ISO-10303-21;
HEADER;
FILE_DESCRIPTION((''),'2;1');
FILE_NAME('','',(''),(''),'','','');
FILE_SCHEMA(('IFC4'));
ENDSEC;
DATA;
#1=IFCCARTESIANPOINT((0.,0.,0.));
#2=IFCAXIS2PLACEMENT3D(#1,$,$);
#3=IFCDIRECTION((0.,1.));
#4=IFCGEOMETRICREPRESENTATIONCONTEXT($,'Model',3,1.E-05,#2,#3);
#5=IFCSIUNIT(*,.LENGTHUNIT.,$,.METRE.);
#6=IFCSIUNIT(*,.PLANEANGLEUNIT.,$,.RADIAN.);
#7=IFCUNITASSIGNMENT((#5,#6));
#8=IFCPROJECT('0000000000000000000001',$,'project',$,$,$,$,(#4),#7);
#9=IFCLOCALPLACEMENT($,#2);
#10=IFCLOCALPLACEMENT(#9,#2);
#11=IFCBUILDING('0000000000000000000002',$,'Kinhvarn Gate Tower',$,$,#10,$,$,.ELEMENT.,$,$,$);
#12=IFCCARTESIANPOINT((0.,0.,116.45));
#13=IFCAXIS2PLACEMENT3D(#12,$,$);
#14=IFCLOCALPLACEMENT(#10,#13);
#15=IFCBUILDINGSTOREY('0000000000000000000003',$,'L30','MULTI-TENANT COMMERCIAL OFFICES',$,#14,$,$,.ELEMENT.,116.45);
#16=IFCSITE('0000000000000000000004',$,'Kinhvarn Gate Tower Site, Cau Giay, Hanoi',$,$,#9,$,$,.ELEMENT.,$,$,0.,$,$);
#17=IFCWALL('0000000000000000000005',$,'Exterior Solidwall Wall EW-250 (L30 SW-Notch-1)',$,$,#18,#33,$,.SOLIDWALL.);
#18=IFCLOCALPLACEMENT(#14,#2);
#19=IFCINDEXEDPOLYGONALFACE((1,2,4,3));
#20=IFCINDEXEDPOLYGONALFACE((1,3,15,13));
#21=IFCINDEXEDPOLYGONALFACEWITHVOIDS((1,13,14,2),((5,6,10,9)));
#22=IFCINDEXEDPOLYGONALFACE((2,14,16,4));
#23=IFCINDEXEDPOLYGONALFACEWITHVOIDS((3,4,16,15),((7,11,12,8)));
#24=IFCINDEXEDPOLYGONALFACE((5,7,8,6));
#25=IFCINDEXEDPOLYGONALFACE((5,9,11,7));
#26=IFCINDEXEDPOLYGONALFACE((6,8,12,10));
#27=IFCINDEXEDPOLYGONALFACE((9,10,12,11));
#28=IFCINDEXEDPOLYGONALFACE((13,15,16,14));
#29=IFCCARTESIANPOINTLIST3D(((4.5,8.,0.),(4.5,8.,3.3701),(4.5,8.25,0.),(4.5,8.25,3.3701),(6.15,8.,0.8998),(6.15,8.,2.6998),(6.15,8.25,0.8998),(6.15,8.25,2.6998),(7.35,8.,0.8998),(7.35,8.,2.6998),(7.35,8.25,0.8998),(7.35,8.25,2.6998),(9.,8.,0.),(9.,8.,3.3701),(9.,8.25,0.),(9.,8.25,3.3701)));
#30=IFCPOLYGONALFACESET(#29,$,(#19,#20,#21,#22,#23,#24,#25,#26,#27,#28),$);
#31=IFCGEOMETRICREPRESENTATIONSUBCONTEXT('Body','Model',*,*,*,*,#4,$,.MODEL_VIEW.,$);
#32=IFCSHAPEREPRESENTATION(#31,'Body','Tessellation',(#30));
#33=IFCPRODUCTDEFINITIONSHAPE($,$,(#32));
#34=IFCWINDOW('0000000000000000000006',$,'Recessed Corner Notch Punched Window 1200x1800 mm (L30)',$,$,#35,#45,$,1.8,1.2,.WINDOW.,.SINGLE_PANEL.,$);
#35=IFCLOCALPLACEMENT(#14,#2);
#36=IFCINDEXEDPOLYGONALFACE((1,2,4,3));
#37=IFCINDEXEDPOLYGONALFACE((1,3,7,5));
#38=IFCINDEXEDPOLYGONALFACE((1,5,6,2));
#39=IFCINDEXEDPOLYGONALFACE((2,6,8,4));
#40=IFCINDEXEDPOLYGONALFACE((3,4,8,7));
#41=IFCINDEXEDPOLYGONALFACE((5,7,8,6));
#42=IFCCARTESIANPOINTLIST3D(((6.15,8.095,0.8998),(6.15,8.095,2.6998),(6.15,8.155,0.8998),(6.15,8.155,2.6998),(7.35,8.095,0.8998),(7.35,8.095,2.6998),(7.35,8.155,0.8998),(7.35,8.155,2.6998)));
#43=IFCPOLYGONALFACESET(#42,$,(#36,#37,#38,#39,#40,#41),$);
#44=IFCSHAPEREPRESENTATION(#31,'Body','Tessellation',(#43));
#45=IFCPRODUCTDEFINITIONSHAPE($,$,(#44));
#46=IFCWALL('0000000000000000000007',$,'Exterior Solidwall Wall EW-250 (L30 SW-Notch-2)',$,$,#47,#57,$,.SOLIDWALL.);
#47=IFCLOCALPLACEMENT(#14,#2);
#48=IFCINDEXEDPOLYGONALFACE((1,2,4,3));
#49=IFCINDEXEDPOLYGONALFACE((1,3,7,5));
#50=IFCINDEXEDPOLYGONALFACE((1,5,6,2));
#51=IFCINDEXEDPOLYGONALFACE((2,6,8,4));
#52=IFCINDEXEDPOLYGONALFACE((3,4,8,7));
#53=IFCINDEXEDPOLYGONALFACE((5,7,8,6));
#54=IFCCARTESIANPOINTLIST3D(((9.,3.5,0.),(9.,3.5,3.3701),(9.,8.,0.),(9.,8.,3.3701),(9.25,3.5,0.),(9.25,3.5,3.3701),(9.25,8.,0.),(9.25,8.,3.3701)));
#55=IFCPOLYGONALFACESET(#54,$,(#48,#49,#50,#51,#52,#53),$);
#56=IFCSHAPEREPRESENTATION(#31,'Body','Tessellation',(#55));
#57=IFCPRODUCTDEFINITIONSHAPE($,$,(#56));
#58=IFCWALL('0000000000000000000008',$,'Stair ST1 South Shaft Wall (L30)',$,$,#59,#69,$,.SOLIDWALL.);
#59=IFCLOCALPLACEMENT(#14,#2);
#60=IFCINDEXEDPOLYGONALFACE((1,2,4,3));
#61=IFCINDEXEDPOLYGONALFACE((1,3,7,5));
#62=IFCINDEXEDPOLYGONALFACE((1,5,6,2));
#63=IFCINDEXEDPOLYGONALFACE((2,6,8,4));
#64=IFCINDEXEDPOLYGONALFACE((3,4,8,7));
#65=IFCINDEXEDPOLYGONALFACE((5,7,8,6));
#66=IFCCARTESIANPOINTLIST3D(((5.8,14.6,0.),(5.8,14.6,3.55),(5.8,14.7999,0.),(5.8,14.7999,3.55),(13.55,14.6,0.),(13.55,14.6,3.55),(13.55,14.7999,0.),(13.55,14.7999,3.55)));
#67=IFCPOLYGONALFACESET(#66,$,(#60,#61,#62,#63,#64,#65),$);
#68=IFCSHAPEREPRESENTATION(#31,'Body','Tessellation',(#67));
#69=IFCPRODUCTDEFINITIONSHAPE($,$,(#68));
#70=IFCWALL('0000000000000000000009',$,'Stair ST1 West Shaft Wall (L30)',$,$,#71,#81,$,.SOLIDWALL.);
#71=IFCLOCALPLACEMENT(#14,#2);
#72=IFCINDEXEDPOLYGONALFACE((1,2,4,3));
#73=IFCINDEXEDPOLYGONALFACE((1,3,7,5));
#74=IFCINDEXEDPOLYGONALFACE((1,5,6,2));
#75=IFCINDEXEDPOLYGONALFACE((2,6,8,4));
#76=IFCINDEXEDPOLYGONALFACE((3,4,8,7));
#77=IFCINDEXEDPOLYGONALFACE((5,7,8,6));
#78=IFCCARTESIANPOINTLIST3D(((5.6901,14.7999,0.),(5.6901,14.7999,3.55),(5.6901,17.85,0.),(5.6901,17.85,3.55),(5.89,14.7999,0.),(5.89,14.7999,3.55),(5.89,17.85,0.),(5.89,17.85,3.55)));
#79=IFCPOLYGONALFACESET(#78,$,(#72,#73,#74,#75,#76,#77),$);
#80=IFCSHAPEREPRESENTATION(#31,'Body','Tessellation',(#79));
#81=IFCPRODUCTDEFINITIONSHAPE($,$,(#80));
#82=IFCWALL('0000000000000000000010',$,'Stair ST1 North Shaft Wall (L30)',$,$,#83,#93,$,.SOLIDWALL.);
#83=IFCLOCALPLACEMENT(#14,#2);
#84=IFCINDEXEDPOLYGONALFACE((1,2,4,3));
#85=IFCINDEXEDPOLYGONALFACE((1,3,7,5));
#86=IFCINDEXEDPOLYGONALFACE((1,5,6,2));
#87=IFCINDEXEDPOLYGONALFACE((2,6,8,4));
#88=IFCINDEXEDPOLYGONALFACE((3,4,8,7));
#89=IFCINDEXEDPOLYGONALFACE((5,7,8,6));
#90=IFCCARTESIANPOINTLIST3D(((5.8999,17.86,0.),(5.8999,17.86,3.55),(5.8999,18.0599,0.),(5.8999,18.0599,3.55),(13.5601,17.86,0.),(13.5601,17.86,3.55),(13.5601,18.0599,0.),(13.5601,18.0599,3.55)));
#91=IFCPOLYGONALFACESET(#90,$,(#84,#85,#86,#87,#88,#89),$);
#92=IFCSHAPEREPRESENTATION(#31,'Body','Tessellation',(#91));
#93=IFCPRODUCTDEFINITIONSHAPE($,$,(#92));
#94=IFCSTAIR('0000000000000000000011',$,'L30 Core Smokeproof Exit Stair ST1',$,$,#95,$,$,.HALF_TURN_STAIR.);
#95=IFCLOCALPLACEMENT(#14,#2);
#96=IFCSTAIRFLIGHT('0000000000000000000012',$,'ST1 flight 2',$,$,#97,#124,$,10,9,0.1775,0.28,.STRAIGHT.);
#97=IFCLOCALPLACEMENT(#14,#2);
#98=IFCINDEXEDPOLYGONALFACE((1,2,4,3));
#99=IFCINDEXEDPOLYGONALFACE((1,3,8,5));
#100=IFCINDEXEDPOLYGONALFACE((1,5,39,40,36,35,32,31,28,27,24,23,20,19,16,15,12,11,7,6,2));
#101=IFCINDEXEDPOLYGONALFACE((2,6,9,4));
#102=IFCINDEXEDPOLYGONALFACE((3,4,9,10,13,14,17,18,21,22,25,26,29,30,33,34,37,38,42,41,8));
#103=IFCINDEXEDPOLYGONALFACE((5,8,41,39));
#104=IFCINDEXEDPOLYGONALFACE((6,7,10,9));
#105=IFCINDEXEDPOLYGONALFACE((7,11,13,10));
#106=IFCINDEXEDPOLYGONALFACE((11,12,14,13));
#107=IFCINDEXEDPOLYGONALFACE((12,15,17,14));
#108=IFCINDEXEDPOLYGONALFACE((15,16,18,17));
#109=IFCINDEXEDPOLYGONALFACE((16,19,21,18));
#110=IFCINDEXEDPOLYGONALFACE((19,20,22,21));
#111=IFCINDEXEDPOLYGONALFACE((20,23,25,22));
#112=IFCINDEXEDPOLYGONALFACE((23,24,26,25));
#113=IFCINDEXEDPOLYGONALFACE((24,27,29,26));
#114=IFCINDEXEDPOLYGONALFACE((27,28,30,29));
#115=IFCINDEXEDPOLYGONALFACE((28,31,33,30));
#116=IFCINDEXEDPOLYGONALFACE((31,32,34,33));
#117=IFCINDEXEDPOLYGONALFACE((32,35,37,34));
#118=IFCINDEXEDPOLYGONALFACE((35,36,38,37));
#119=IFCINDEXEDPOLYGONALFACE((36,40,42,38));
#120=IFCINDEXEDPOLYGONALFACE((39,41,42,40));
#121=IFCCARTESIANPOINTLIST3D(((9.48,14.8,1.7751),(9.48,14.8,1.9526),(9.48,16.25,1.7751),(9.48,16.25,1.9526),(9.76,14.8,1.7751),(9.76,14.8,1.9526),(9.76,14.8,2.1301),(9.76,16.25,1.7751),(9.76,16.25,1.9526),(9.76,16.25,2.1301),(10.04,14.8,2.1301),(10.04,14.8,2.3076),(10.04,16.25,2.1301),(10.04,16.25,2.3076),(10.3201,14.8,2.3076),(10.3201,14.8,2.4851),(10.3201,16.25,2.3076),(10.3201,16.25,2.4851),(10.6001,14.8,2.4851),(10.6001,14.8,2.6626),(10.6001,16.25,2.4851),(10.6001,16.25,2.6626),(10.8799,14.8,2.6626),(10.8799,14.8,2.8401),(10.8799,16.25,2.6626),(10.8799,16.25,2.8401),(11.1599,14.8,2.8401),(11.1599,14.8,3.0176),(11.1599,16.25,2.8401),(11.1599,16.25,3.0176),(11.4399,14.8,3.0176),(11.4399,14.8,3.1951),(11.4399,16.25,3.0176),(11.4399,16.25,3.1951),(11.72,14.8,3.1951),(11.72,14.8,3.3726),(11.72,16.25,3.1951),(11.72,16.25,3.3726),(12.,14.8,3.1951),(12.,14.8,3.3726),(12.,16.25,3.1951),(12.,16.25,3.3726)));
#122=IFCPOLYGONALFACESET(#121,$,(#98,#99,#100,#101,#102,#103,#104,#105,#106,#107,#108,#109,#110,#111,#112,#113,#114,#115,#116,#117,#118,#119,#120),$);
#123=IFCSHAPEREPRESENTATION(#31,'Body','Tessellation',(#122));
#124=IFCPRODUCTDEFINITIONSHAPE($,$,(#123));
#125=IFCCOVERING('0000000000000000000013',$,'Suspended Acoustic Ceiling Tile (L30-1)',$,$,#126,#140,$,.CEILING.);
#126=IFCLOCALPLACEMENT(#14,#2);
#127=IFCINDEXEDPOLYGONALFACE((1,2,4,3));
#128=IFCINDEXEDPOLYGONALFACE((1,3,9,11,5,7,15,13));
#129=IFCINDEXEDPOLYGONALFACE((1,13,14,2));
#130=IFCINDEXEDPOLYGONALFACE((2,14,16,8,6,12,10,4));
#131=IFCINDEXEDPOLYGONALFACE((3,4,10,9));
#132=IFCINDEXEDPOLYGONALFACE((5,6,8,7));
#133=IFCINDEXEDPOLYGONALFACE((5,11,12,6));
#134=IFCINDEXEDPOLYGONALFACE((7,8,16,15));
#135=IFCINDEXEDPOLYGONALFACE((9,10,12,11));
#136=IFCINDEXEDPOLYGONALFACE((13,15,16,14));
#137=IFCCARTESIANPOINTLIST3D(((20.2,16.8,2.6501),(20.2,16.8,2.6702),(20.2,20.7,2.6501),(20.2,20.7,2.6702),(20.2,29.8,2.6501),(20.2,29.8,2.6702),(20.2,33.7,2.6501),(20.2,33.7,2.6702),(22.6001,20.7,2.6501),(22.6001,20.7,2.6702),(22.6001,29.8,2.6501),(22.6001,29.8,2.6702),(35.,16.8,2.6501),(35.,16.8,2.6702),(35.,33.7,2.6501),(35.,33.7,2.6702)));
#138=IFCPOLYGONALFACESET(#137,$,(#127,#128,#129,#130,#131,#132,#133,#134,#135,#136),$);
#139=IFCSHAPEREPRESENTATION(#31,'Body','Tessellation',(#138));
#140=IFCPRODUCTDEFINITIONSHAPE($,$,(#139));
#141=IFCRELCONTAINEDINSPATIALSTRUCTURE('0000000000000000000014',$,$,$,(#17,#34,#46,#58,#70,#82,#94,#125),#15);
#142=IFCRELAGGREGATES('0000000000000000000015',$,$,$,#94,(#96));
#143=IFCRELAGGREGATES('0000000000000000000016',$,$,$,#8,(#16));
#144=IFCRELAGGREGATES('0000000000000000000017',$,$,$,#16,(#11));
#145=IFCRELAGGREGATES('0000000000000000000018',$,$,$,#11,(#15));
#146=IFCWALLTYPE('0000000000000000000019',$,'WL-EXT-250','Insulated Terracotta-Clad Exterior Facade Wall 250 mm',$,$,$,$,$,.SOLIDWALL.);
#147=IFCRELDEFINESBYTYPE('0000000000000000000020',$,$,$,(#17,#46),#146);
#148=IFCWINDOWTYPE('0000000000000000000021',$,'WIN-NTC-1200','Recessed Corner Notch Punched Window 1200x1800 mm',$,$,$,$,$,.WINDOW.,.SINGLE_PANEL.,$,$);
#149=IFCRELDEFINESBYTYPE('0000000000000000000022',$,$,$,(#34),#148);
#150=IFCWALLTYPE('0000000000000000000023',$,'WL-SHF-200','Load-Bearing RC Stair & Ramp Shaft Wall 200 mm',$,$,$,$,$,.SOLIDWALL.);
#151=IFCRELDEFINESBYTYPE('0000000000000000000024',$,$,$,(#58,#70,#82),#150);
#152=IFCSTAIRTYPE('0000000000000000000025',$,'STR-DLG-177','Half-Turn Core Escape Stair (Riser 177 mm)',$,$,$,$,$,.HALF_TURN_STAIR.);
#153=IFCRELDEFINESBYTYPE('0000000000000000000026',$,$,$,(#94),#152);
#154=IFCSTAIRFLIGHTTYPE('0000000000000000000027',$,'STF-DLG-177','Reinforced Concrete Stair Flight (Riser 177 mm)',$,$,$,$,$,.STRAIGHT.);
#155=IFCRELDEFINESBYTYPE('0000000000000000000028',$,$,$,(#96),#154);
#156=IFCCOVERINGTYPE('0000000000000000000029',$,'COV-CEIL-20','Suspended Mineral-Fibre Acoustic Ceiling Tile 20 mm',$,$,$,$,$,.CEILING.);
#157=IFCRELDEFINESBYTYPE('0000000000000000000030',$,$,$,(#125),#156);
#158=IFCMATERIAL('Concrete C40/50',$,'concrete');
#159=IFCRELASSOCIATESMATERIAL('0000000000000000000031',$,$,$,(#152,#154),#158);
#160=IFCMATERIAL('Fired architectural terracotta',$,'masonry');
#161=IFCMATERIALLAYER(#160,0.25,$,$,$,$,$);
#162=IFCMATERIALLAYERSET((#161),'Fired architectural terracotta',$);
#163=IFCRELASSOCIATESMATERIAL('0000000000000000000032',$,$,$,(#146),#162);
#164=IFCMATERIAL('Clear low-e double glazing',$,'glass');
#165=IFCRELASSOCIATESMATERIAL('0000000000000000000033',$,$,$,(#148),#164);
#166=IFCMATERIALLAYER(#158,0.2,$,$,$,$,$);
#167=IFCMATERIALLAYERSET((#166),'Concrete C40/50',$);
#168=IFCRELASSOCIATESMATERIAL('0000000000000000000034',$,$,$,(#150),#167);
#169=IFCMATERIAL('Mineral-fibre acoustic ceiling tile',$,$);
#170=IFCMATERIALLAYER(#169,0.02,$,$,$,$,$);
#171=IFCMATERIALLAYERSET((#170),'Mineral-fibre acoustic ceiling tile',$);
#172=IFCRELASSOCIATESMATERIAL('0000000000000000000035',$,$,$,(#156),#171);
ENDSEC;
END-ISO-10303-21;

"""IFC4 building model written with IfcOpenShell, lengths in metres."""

from ifc_helpers import new_model, si_unit, direction, frame, frame_2d, origin, place, context, subcontext, project, spatial, polyline, rectangle, outline, extrude, material, layer, layer_set, type_object, element, fill, aggregate, save


model = new_model("IFC4")

# Units and contexts
model_context = context("Model", 3, precision=1e-05, world=origin(), true_north=direction((0.0, 1.0)))
body_context = subcontext(model_context, "Body", "Model", "MODEL_VIEW")
ifc_project = project(units=[si_unit("LENGTHUNIT", "METRE"), si_unit("PLANEANGLEUNIT", "RADIAN")], contexts=[model_context])

# Site, building, storey
site_placement = place(None, origin())
site = spatial("IfcSite", under=ifc_project, at=site_placement, Name="Kinhvarn Gate Tower Site, Cau Giay, Hanoi", CompositionType="ELEMENT", RefElevation=0.0)
building_placement = place(site_placement, origin())
building = spatial("IfcBuilding", under=site, at=building_placement, Name="Kinhvarn Gate Tower", CompositionType="ELEMENT")
storey_placement = place(building_placement, frame((0.0, 0.0, 116.45)))
storey = spatial("IfcBuildingStorey", under=building, at=storey_placement, Name="L30", Description="MULTI-TENANT COMMERCIAL OFFICES", CompositionType="ELEMENT", Elevation=116.45)

# Shared definitions
ifc_material_1 = material(Name="Concrete C40/50", Category="concrete")
stair_type = type_object("IfcStairType", Name="STR-DLG-177", Description="Half-Turn Core Escape Stair (Riser 177 mm)", PredefinedType="HALF_TURN_STAIR", material=ifc_material_1)

# Wall, opening, window
ifc_material_2 = material(Name="Fired architectural terracotta", Category="masonry")
ifc_layer_1 = layer(ifc_material_2, 0.25)
ifc_layer_set_1 = layer_set([ifc_layer_1], Name="Fired architectural terracotta")
wall_type_1 = type_object("IfcWallType", Name="WL-EXT-250", Description="Insulated Terracotta-Clad Exterior Facade Wall 250 mm", PredefinedType="SOLIDWALL", material=ifc_layer_set_1)
ifc_material_3 = material(Name="Clear low-e double glazing", Category="glass")
wall_1_placement = place(storey_placement, frame((4.5, 8.125, 0.0), z_axis=(0.0, 0.0, 1.0), x_axis=(1.0, 0.0, 0.0)))
wall_1 = element("IfcWall", 1, at=wall_1_placement, inside=storey, type_object=wall_type_1, Name="Exterior Solidwall Wall EW-250 (L30 SW-Notch-1)", PredefinedType="SOLIDWALL", context=body_context, shape_type="SweptSolid", body=[
    extrude(rectangle(XDim=4.5, YDim=0.25, at=frame_2d((2.25, 0.0))), origin(), (0.0, 0.0, 1.0), 3.3701),
])
opening_1_placement = place(wall_1_placement, frame((1.6499, 0.0, 0.8999)))
opening_1 = element("IfcOpeningElement", 2, at=opening_1_placement, cuts=wall_1, PredefinedType="OPENING", context=body_context, shape_type="SweptSolid", body=[
    extrude(rectangle(XDim=1.2, YDim=1.8, at=frame_2d((0.6001, 0.8999))), frame((0.0, 0.135, 0.0), z_axis=(0.0, -1.0, 0.0), x_axis=(1.0, 0.0, 0.0)), (0.0, 0.0, 1.0), 0.27),
])
window_type_1 = type_object("IfcWindowType", Name="WIN-NTC-1200", Description="Recessed Corner Notch Punched Window 1200x1800 mm", PartitioningType="SINGLE_PANEL", PredefinedType="WINDOW", material=ifc_material_3)
window_1_placement = place(opening_1_placement, origin())
window_1 = element("IfcWindow", 3, at=window_1_placement, inside=storey, type_object=window_type_1, Name="Recessed Corner Notch Punched Window 1200x1800 mm (L30)", OverallHeight=1.8, OverallWidth=1.2, PartitioningType="SINGLE_PANEL", PredefinedType="WINDOW", context=body_context, shape_type="SweptSolid", body=[
    extrude(rectangle(XDim=1.2, YDim=1.8, at=frame_2d((0.6001, 0.8999))), frame((0.0, 0.03, 0.0), z_axis=(0.0, -1.0, 0.0), x_axis=(1.0, 0.0, 0.0)), (0.0, 0.0, 1.0), 0.0601),
])
fill(opening_1, window_1)

# Walls
wall_2_placement = place(storey_placement, frame((9.125, 8.0, 0.0), z_axis=(0.0, 0.0, 1.0), x_axis=(0.0, -1.0, 0.0)))
element("IfcWall", 4, at=wall_2_placement, inside=storey, type_object=wall_type_1, Name="Exterior Solidwall Wall EW-250 (L30 SW-Notch-2)", PredefinedType="SOLIDWALL", context=body_context, shape_type="SweptSolid", body=[
    extrude(rectangle(XDim=4.5, YDim=0.25, at=frame_2d((2.25, 0.0))), origin(), (0.0, 0.0, 1.0), 3.3701),
])
ifc_layer_2 = layer(ifc_material_1, 0.2)
ifc_layer_set_2 = layer_set([ifc_layer_2], Name="Concrete C40/50")
wall_type_2 = type_object("IfcWallType", Name="WL-SHF-200", Description="Load-Bearing RC Stair & Ramp Shaft Wall 200 mm", PredefinedType="SOLIDWALL", material=ifc_layer_set_2)
wall_3_placement = place(storey_placement, frame((5.8, 14.7, 0.0), z_axis=(0.0, 0.0, 1.0), x_axis=(1.0, 0.0, 0.0)))
element("IfcWall", 5, at=wall_3_placement, inside=storey, type_object=wall_type_2, Name="Stair ST1 South Shaft Wall (L30)", PredefinedType="SOLIDWALL", context=body_context, shape_type="SweptSolid", body=[
    extrude(rectangle(XDim=7.75, YDim=0.2, at=frame_2d((3.875, 0.0))), origin(), (0.0, 0.0, 1.0), 3.55),
])
wall_4_placement = place(storey_placement, frame((5.79, 14.8, 0.0), z_axis=(0.0, 0.0, 1.0), x_axis=(0.0, 1.0, 0.0)))
element("IfcWall", 6, at=wall_4_placement, inside=storey, type_object=wall_type_2, Name="Stair ST1 West Shaft Wall (L30)", PredefinedType="SOLIDWALL", context=body_context, shape_type="SweptSolid", body=[
    extrude(rectangle(XDim=3.05, YDim=0.2, at=frame_2d((1.5249, 0.0))), origin(), (0.0, 0.0, 1.0), 3.55),
])
wall_5_placement = place(storey_placement, frame((5.8999, 17.96, 0.0), z_axis=(0.0, 0.0, 1.0), x_axis=(1.0, 0.0, 0.0)))
element("IfcWall", 7, at=wall_5_placement, inside=storey, type_object=wall_type_2, Name="Stair ST1 North Shaft Wall (L30)", PredefinedType="SOLIDWALL", context=body_context, shape_type="SweptSolid", body=[
    extrude(rectangle(XDim=7.6602, YDim=0.2, at=frame_2d((3.8301, 0.0))), origin(), (0.0, 0.0, 1.0), 3.55),
])

# Stair, stair flight
stair_1_placement = place(storey_placement, origin())
stair_1 = element("IfcStair", 8, at=stair_1_placement, inside=storey, type_object=stair_type, Name="L30 Core Smokeproof Exit Stair ST1", PredefinedType="HALF_TURN_STAIR")
stair_flight_type = type_object("IfcStairFlightType", Name="STF-DLG-177", Description="Reinforced Concrete Stair Flight (Riser 177 mm)", PredefinedType="STRAIGHT", material=ifc_material_1)
stair_flight_placement = place(storey_placement, frame((9.48, 15.5249, 1.7751), z_axis=(0.0, 0.0, 1.0), x_axis=(1.0, 0.0, 0.0)))
stair_flight = element("IfcStairFlight", 9, at=stair_flight_placement, type_object=stair_flight_type, Name="ST1 flight 2", NumberOfRisers=10, NumberOfTreads=9, PredefinedType="STRAIGHT", RiserHeight=0.1775, TreadLength=0.28, context=body_context, shape_type="SweptSolid", body=[
    extrude(outline(polyline([(0.0, 0.0), (0.0, 0.1775), (0.28, 0.1775), (0.28, 0.355), (0.5601, 0.355), (0.5601, 0.5325), (0.8401, 0.5325), (0.8401, 0.71), (1.1201, 0.71), (1.1201, 0.8875), (1.3999, 0.8875), (1.3999, 1.0649), (1.6799, 1.0649), (1.6799, 1.2424), (1.96, 1.2424), (1.96, 1.4199), (2.24, 1.4199), (2.24, 1.5974), (2.52, 1.5974), (2.52, 1.7749), (2.52, 1.4199), (0.28, 0.0), (0.0, 0.0)])), frame((0.0, 0.7251, 0.0), z_axis=(0.0, -1.0, 0.0), x_axis=(1.0, 0.0, 0.0)), (0.0, 0.0, 1.0), 1.45),
])
aggregate(stair_1, [stair_flight])

# Covering
ifc_material_4 = material(Name="Mineral-fibre acoustic ceiling tile")
ifc_layer_3 = layer(ifc_material_4, 0.02)
ifc_layer_set_3 = layer_set([ifc_layer_3], Name="Mineral-fibre acoustic ceiling tile")
covering_type = type_object("IfcCoveringType", Name="COV-CEIL-20", Description="Suspended Mineral-Fibre Acoustic Ceiling Tile 20 mm", PredefinedType="CEILING", material=ifc_layer_set_3)
covering_placement = place(storey_placement, frame((0.0, 0.0, 2.6501)))
element("IfcCovering", 10, at=covering_placement, inside=storey, type_object=covering_type, Name="Suspended Acoustic Ceiling Tile (L30-1)", PredefinedType="CEILING", context=body_context, shape_type="SweptSolid", body=[
    extrude(outline(polyline([(35.0, 33.7), (35.0, 16.8), (20.2, 16.8), (20.2, 20.7), (22.6001, 20.7), (22.6001, 29.8), (20.2, 29.8), (20.2, 33.7), (35.0, 33.7)])), origin(), (0.0, 0.0, 1.0), 0.02),
])

save(model, "model.ifc")
